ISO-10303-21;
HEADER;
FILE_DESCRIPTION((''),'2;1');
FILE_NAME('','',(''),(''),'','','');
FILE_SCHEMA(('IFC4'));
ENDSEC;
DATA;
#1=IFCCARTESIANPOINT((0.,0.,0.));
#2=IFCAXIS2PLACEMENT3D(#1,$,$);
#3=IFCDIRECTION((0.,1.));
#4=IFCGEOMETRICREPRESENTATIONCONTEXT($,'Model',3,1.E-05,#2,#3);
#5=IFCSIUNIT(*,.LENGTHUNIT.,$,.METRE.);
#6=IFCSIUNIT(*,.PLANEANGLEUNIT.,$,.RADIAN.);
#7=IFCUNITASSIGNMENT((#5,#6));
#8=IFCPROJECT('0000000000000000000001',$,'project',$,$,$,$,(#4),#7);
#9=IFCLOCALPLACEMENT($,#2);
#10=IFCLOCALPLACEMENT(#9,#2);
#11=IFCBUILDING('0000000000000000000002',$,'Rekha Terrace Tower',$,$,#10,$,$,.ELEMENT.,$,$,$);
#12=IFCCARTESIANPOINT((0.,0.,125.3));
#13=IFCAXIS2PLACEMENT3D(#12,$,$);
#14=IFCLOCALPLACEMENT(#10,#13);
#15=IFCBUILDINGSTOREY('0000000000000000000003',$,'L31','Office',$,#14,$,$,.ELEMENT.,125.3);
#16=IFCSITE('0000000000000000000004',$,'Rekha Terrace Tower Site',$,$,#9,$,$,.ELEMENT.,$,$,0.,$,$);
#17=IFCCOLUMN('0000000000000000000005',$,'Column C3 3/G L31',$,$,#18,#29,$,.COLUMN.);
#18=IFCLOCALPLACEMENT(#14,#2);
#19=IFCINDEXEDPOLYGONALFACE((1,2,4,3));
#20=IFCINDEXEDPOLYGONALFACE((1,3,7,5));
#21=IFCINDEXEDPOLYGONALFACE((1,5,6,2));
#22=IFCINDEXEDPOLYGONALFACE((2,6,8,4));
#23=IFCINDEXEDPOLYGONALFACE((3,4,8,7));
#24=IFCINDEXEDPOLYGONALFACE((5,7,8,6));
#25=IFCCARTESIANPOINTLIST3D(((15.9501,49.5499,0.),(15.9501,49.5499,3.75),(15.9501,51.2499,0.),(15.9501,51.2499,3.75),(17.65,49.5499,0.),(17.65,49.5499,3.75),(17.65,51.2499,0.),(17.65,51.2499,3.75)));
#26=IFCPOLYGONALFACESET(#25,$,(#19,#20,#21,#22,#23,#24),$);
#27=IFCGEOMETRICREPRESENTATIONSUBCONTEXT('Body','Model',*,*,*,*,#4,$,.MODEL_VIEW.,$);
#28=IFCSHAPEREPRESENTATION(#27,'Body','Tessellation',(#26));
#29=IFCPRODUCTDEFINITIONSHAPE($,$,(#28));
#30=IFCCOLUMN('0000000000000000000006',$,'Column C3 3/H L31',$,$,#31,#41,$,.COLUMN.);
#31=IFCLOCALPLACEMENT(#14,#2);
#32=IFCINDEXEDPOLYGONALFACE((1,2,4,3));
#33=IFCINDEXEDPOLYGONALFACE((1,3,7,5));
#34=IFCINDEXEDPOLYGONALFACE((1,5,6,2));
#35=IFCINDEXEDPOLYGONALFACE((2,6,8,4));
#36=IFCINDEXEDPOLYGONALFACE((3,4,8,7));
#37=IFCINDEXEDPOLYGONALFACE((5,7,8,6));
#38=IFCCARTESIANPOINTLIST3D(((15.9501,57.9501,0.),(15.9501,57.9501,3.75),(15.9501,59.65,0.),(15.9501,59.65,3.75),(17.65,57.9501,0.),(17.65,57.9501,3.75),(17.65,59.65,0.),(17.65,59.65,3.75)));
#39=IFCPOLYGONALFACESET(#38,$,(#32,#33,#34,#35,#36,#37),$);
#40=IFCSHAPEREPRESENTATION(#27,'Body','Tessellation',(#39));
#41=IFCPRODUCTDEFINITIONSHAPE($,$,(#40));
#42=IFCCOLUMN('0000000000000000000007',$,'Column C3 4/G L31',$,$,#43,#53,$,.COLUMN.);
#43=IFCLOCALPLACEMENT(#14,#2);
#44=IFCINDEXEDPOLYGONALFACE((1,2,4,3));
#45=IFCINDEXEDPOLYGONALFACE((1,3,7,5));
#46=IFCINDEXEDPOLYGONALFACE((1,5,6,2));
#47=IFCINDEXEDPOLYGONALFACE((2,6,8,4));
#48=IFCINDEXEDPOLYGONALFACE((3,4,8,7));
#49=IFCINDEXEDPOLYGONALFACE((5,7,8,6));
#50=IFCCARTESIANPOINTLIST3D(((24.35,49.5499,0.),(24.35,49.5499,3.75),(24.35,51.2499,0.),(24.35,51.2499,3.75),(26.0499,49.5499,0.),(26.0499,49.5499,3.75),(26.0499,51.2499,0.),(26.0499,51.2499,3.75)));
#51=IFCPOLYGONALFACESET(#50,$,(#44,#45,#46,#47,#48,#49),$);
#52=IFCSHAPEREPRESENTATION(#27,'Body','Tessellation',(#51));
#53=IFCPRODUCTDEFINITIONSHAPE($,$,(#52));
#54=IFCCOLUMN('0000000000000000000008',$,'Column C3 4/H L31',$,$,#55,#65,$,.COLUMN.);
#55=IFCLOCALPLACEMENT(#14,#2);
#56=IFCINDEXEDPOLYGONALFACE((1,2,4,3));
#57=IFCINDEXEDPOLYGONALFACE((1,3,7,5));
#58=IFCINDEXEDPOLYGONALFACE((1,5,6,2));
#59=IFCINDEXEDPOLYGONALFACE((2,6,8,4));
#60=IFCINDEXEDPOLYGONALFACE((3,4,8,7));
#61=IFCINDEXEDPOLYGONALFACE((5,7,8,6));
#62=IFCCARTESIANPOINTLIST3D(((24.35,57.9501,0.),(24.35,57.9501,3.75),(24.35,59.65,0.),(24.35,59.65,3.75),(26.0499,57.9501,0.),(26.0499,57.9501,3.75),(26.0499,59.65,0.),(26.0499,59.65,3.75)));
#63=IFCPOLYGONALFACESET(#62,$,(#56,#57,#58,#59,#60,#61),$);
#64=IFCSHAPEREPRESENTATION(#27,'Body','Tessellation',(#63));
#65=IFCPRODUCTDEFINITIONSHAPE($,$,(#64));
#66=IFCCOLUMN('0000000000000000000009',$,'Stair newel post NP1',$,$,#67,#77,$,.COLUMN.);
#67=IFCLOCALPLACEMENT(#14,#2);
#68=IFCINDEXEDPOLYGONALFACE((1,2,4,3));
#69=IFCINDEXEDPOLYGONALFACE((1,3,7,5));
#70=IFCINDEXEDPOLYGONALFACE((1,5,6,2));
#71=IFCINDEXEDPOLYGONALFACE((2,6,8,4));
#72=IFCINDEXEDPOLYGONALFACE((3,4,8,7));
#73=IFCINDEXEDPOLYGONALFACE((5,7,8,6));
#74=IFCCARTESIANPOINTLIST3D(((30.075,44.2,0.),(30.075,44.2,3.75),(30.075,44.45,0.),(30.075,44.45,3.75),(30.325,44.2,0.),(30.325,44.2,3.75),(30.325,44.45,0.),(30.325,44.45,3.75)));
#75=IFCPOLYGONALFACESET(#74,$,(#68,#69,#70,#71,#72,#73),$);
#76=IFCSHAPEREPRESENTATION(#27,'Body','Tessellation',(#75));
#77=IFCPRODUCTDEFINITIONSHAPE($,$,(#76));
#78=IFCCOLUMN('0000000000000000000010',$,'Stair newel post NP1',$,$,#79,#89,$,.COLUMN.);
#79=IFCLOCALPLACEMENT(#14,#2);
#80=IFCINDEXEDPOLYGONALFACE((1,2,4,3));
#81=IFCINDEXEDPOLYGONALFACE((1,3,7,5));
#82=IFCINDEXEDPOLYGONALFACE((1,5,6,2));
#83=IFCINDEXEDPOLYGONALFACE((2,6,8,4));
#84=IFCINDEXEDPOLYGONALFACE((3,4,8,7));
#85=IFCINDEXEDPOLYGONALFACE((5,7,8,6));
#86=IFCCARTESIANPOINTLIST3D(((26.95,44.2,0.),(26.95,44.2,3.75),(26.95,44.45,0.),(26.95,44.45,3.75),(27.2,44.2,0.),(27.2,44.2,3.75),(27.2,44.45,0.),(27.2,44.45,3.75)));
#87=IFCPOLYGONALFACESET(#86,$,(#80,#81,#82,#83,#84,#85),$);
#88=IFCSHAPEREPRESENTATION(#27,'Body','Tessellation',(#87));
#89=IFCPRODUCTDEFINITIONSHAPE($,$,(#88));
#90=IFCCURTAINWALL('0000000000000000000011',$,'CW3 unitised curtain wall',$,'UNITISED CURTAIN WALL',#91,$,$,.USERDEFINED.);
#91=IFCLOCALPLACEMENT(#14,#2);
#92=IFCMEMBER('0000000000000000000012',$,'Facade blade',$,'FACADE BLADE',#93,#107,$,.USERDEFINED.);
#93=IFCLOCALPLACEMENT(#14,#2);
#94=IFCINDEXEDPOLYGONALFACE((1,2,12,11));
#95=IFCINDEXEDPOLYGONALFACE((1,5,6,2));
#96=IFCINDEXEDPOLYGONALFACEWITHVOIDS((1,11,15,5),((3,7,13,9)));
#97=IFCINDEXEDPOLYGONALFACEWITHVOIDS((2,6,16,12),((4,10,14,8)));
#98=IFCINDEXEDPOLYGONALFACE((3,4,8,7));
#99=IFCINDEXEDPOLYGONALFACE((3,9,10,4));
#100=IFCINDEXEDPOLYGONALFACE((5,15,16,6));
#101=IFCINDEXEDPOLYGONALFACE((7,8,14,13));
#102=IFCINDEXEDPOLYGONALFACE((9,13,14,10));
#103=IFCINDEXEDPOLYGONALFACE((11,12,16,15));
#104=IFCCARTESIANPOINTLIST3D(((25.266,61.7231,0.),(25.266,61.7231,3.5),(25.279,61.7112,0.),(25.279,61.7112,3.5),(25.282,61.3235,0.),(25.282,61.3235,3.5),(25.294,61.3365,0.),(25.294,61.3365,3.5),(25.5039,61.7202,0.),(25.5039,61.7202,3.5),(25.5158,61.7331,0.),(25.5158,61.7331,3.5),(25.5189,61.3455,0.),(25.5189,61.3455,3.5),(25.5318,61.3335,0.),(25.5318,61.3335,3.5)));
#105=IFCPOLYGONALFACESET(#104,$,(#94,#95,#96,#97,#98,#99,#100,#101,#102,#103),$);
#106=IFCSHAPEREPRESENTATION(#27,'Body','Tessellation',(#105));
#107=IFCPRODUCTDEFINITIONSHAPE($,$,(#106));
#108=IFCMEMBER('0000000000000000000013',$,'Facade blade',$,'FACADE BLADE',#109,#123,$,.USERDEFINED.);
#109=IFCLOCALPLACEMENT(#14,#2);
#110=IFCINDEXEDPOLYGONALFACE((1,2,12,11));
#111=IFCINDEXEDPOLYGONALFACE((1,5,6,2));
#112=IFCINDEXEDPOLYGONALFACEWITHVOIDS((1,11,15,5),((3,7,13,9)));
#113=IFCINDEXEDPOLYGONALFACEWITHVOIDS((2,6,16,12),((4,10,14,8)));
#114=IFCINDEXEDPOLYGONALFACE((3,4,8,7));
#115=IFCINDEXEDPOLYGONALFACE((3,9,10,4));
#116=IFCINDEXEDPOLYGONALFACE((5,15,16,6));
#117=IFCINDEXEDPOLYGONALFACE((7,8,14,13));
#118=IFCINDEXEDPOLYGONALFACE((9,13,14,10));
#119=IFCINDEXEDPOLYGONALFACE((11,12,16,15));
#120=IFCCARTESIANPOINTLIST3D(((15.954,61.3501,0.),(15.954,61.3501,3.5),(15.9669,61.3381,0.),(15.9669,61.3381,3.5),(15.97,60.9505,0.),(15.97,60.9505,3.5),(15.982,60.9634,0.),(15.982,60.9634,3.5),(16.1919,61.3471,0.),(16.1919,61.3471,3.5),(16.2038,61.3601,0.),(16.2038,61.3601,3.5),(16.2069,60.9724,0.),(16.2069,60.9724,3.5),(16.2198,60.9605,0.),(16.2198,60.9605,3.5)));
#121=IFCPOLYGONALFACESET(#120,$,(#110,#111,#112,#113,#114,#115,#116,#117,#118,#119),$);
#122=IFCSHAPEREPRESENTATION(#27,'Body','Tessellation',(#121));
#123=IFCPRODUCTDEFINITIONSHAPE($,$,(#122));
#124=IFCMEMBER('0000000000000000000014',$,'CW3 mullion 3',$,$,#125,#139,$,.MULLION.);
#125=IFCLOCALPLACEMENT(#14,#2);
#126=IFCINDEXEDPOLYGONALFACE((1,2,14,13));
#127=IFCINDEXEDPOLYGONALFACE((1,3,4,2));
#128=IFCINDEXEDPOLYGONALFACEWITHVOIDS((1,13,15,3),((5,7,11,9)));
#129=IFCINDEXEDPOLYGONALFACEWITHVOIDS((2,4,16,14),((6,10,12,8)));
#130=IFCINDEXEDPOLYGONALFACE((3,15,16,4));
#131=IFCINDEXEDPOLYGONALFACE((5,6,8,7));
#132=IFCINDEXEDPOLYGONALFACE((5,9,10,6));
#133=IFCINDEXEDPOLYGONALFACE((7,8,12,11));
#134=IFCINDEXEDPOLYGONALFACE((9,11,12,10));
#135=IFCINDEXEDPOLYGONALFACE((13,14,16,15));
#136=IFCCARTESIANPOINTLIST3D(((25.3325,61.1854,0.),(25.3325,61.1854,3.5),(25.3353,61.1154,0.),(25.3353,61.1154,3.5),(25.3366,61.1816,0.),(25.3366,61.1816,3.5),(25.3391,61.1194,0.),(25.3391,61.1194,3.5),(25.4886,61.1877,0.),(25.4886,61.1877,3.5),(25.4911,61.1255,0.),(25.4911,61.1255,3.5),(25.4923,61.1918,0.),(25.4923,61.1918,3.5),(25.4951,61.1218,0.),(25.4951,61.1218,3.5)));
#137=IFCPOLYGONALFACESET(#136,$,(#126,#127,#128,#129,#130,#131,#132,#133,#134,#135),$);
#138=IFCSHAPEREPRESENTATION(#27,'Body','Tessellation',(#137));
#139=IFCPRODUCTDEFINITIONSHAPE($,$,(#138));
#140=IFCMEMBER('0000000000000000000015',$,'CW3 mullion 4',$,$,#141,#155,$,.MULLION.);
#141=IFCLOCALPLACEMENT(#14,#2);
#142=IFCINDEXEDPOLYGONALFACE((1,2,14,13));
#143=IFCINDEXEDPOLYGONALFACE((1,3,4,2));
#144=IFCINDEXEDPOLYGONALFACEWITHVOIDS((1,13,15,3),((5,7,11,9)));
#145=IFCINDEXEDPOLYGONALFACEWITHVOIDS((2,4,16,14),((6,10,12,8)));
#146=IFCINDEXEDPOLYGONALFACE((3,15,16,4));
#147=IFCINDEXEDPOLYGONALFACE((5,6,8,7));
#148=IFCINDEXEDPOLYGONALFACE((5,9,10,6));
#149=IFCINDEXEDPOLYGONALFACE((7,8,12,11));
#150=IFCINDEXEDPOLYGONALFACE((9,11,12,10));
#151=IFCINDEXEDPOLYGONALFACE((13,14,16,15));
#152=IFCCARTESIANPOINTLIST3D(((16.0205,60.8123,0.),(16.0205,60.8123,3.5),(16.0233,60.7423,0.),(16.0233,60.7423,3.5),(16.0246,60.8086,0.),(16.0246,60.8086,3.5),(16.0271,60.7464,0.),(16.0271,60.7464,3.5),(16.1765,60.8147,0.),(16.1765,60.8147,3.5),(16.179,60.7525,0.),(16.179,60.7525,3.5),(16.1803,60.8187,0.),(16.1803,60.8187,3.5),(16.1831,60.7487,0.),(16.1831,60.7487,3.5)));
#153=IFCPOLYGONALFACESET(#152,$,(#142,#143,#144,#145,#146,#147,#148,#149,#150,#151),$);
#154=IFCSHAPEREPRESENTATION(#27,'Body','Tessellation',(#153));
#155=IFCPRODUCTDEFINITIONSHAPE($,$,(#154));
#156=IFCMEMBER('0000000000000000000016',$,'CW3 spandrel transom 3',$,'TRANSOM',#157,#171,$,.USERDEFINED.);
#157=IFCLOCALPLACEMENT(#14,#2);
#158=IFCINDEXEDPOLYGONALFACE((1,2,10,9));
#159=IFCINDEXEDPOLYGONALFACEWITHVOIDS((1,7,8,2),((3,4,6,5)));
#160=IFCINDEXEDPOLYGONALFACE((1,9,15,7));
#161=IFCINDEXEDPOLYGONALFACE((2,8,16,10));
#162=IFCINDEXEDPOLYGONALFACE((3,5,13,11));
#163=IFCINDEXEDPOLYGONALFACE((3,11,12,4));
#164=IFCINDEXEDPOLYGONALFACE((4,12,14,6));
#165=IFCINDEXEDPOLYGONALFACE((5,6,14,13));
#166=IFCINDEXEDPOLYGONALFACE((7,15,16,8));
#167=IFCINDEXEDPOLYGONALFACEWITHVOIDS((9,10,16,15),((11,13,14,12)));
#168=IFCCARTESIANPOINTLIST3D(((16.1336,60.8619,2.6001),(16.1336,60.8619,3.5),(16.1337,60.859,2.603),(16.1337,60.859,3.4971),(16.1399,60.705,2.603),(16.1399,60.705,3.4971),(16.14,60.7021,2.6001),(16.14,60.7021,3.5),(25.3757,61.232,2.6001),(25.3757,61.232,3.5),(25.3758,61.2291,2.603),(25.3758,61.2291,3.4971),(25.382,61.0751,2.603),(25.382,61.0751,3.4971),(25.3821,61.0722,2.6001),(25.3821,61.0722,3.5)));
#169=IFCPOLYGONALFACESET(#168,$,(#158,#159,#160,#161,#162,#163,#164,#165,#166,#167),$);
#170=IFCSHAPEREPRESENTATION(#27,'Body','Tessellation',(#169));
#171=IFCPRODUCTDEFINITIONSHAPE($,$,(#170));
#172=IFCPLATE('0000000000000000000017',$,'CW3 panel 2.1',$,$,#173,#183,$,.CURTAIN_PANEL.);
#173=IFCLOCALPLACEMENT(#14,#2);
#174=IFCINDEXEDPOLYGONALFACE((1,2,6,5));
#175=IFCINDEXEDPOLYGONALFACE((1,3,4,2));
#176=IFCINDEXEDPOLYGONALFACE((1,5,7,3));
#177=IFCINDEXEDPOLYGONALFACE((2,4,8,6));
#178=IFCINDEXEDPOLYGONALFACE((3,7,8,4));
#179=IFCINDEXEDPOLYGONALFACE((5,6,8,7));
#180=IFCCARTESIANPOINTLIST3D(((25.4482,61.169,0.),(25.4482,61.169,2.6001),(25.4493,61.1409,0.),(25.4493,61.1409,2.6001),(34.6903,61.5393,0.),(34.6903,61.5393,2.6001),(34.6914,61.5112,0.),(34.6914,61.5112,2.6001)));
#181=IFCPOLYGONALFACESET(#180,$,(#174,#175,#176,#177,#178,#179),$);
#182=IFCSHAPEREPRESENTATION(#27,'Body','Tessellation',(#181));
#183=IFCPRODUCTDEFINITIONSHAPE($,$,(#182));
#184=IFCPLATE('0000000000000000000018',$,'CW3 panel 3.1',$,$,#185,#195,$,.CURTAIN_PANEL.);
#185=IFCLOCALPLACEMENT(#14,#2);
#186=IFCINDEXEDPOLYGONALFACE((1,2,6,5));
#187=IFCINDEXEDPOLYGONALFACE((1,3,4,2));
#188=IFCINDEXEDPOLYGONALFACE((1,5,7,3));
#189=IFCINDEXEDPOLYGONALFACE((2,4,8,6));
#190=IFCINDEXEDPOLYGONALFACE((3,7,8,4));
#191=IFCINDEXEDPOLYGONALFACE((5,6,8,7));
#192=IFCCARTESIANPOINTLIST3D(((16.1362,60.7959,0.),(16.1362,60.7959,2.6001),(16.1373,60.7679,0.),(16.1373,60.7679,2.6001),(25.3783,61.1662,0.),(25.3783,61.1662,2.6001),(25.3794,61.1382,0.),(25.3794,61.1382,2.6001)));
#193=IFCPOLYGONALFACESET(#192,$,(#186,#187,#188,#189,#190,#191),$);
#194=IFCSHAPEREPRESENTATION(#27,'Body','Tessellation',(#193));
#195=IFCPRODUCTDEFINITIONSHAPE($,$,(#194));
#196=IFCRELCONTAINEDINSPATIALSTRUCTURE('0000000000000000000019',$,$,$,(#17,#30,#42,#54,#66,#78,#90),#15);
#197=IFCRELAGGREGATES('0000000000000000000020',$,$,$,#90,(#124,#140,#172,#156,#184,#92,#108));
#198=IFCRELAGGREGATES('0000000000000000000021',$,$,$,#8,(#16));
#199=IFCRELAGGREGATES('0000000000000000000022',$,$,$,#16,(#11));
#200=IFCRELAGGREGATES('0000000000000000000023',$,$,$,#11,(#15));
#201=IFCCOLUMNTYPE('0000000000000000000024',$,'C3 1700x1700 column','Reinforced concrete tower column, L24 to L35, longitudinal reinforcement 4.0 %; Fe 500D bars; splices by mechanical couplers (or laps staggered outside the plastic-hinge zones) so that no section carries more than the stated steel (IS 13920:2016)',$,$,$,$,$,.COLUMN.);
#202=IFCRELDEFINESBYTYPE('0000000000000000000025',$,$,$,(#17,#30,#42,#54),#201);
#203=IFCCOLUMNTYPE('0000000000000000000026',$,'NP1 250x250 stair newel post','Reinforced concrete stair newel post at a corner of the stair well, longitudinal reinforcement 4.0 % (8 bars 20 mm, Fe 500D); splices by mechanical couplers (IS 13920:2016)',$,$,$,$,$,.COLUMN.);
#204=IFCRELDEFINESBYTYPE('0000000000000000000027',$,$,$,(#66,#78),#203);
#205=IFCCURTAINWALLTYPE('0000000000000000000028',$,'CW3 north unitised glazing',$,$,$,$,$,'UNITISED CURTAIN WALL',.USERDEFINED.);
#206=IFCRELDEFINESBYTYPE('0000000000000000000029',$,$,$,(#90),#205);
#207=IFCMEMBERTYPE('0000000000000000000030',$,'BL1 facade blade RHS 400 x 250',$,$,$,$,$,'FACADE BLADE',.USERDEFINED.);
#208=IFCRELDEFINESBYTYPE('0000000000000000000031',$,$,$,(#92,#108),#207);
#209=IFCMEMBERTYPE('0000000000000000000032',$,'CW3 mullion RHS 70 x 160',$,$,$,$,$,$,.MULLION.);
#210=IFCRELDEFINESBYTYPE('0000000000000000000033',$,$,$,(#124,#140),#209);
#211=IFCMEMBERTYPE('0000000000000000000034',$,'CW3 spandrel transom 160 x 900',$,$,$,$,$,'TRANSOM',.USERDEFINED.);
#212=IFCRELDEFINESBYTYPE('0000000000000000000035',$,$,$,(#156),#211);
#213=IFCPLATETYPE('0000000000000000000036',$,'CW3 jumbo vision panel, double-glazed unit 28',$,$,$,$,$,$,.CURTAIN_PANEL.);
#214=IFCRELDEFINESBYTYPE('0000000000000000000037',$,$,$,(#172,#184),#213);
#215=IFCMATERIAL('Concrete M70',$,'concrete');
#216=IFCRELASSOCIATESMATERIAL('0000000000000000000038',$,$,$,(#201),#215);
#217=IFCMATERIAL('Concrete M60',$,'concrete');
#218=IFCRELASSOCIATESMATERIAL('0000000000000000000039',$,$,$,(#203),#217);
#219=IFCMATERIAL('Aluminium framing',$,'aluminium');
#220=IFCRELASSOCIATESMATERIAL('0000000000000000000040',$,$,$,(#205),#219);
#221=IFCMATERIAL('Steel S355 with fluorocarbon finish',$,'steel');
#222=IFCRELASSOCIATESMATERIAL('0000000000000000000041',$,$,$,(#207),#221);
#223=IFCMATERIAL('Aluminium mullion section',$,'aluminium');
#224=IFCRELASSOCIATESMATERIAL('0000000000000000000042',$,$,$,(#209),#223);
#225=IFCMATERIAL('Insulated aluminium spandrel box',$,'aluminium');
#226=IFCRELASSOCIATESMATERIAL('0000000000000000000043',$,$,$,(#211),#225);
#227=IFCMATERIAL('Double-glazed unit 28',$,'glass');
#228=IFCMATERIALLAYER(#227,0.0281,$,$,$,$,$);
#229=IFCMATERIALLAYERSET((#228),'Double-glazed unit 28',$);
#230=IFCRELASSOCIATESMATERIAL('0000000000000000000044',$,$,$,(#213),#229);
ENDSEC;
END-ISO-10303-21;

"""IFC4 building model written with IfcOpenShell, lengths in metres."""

from ifc_helpers import new_model, si_unit, direction, frame, origin, origin_2d, place, context, subcontext, project, spatial, rectangle, hollow_rectangle, extrude, material, layer, layer_set, material_profile, profile_set, type_object, element, aggregate, save


model = new_model("IFC4")

# Units and contexts
model_context = context("Model", 3, precision=1e-05, world=origin(), true_north=direction((0.0, 1.0)))
body_context = subcontext(model_context, "Body", "Model", "MODEL_VIEW")
ifc_project = project(units=[si_unit("LENGTHUNIT", "METRE"), si_unit("PLANEANGLEUNIT", "RADIAN")], contexts=[model_context])

# Site, building, storey
site_placement = place(None, origin())
site = spatial("IfcSite", under=ifc_project, at=site_placement, Name="Rekha Terrace Tower Site", CompositionType="ELEMENT", RefElevation=0.0)
building_placement = place(site_placement, origin())
building = spatial("IfcBuilding", under=site, at=building_placement, Name="Rekha Terrace Tower", CompositionType="ELEMENT")
storey_placement = place(building_placement, frame((0.0, 0.0, 125.3)))
storey = spatial("IfcBuildingStorey", under=building, at=storey_placement, Name="L31", Description="Office", CompositionType="ELEMENT", Elevation=125.3)

# Columns
ifc_material_1 = material(Name="Concrete M70", Category="concrete")
ifc_material_profile_1 = material_profile(ifc_material_1, rectangle(XDim=1.7, YDim=1.7, at=origin_2d()), Name="RC 1700x1700")
ifc_profile_set_1 = profile_set([ifc_material_profile_1], Name="Concrete M70")
column_type_1 = type_object("IfcColumnType", Name="C3 1700x1700 column", Description="Reinforced concrete tower column, L24 to L35, longitudinal reinforcement 4.0 %; Fe 500D bars; splices by mechanical couplers (or laps staggered outside the plastic-hinge zones) so that no section carries more than the stated steel (IS 13920:2016)", PredefinedType="COLUMN", material=ifc_profile_set_1)
for number, where, z_axis, x_axis, name in (
    (1, (16.8, 50.3999, 0.0), (0.0, 0.0, 1.0), (1.0, 0.0, 0.0), "Column C3 3/G L31"),
    (2, (16.8, 58.8, 0.0), (0.0, 0.0, 1.0), (1.0, 0.0, 0.0), "Column C3 3/H L31"),
    (3, (25.2, 50.3999, 0.0), (0.0, 0.0, 1.0), (1.0, 0.0, 0.0), "Column C3 4/G L31"),
    (4, (25.2, 58.8, 0.0), (0.0, 0.0, 1.0), (1.0, 0.0, 0.0), "Column C3 4/H L31"),
):
    element("IfcColumn", number, at=place(storey_placement, frame(where, z_axis=z_axis, x_axis=x_axis)), inside=storey, type_object=column_type_1, Name=name, PredefinedType="COLUMN", context=body_context, shape_type="SweptSolid", body=[
        extrude(rectangle(XDim=1.7, YDim=1.7, at=origin_2d()), origin(), (0.0, 0.0, 1.0), 3.75),
    ])
ifc_material_2 = material(Name="Concrete M60", Category="concrete")
ifc_material_profile_2 = material_profile(ifc_material_2, rectangle(XDim=0.25, YDim=0.25, at=origin_2d()), Name="RC 250x250")
ifc_profile_set_2 = profile_set([ifc_material_profile_2], Name="Concrete M60")
column_type_2 = type_object("IfcColumnType", Name="NP1 250x250 stair newel post", Description="Reinforced concrete stair newel post at a corner of the stair well, longitudinal reinforcement 4.0 % (8 bars 20 mm, Fe 500D); splices by mechanical couplers (IS 13920:2016)", PredefinedType="COLUMN", material=ifc_profile_set_2)
for number, where, z_axis, x_axis, name in (
    (5, (30.2, 44.325, 0.0), (0.0, 0.0, 1.0), (1.0, 0.0, 0.0), "Stair newel post NP1"),
    (6, (27.075, 44.325, 0.0), (0.0, 0.0, 1.0), (1.0, 0.0, 0.0), "Stair newel post NP1"),
):
    element("IfcColumn", number, at=place(storey_placement, frame(where, z_axis=z_axis, x_axis=x_axis)), inside=storey, type_object=column_type_2, Name=name, PredefinedType="COLUMN", context=body_context, shape_type="SweptSolid", body=[
        extrude(rectangle(XDim=0.25, YDim=0.25, at=origin_2d()), origin(), (0.0, 0.0, 1.0), 3.75),
    ])

# Curtain wall, members, plates
ifc_material_3 = material(Name="Aluminium framing", Category="aluminium")
curtain_wall_type = type_object("IfcCurtainWallType", Name="CW3 north unitised glazing", ElementType="UNITISED CURTAIN WALL", PredefinedType="USERDEFINED", material=ifc_material_3)
curtain_wall_placement = place(storey_placement, origin())
curtain_wall = element("IfcCurtainWall", 7, at=curtain_wall_placement, inside=storey, type_object=curtain_wall_type, Name="CW3 unitised curtain wall", ObjectType="UNITISED CURTAIN WALL", PredefinedType="USERDEFINED")
ifc_material_4 = material(Name="Steel S355 with fluorocarbon finish", Category="steel")
ifc_material_profile_3 = material_profile(ifc_material_4, hollow_rectangle(XDim=0.25, YDim=0.3999, WallThickness=0.0125, at=origin_2d()), Name="RHS400x250x12.5")
ifc_profile_set_3 = profile_set([ifc_material_profile_3], Name="Steel S355 with fluorocarbon finish")
member_type_1 = type_object("IfcMemberType", Name="BL1 facade blade RHS 400 x 250", ElementType="FACADE BLADE", PredefinedType="USERDEFINED", material=ifc_profile_set_3)
member_1_placement = place(storey_placement, frame((25.3989, 61.5283, 0.0), z_axis=(0.0, 0.0, 1.0), x_axis=(-0.999198, -0.040032, 0.0)))
member_1 = element("IfcMember", 8, at=member_1_placement, type_object=member_type_1, Name="Facade blade", ObjectType="FACADE BLADE", PredefinedType="USERDEFINED", context=body_context, shape_type="SweptSolid", body=[
    extrude(hollow_rectangle(XDim=0.25, YDim=0.3999, WallThickness=0.0125, at=origin_2d()), origin(), (0.0, 0.0, 1.0), 3.5),
])
member_2_placement = place(storey_placement, frame((16.0869, 61.1553, 0.0), z_axis=(0.0, 0.0, 1.0), x_axis=(-0.999198, -0.040032, 0.0)))
member_2 = element("IfcMember", 9, at=member_2_placement, type_object=member_type_1, Name="Facade blade", ObjectType="FACADE BLADE", PredefinedType="USERDEFINED", context=body_context, shape_type="SweptSolid", body=[
    extrude(hollow_rectangle(XDim=0.25, YDim=0.3999, WallThickness=0.0125, at=origin_2d()), origin(), (0.0, 0.0, 1.0), 3.5),
])
ifc_material_5 = material(Name="Aluminium mullion section", Category="aluminium")
ifc_material_profile_4 = material_profile(ifc_material_5, hollow_rectangle(XDim=0.0701, YDim=0.1599, WallThickness=0.0039, at=origin_2d()), Name="AL RHS 70x160")
ifc_profile_set_4 = profile_set([ifc_material_profile_4], Name="Aluminium mullion section")
member_type_2 = type_object("IfcMemberType", Name="CW3 mullion RHS 70 x 160", PredefinedType="MULLION", material=ifc_profile_set_4)
member_3_placement = place(storey_placement, frame((25.4138, 61.1536, 0.0), z_axis=(0.0, 0.0, 1.0), x_axis=(0.040032, -0.999198, 0.0)))
member_3 = element("IfcMember", 10, at=member_3_placement, type_object=member_type_2, Name="CW3 mullion 3", PredefinedType="MULLION", context=body_context, shape_type="SweptSolid", body=[
    extrude(hollow_rectangle(XDim=0.0701, YDim=0.1599, WallThickness=0.0039, at=origin_2d()), origin(), (0.0, 0.0, 1.0), 3.5),
])
member_4_placement = place(storey_placement, frame((16.1018, 60.7805, 0.0), z_axis=(0.0, 0.0, 1.0), x_axis=(0.040032, -0.999198, 0.0)))
member_4 = element("IfcMember", 11, at=member_4_placement, type_object=member_type_2, Name="CW3 mullion 4", PredefinedType="MULLION", context=body_context, shape_type="SweptSolid", body=[
    extrude(hollow_rectangle(XDim=0.0701, YDim=0.1599, WallThickness=0.0039, at=origin_2d()), origin(), (0.0, 0.0, 1.0), 3.5),
])
ifc_material_6 = material(Name="Insulated aluminium spandrel box", Category="aluminium")
ifc_material_profile_5 = material_profile(ifc_material_6, hollow_rectangle(XDim=0.1599, YDim=0.8999, WallThickness=0.0029, at=origin_2d()), Name="AL SPANDREL BOX 160x900")
ifc_profile_set_5 = profile_set([ifc_material_profile_5], Name="Insulated aluminium spandrel box")
member_type_3 = type_object("IfcMemberType", Name="CW3 spandrel transom 160 x 900", ElementType="TRANSOM", PredefinedType="USERDEFINED", material=ifc_profile_set_5)
member_5_placement = place(storey_placement, frame((25.3789, 61.1521, 3.05), z_axis=(-0.999199, -0.040014, 0.0), x_axis=(0.040014, -0.999199, 0.0)))
member_5 = element("IfcMember", 12, at=member_5_placement, type_object=member_type_3, Name="CW3 spandrel transom 3", ObjectType="TRANSOM", PredefinedType="USERDEFINED", context=body_context, shape_type="SweptSolid", body=[
    extrude(hollow_rectangle(XDim=0.1599, YDim=0.8999, WallThickness=0.0029, at=origin_2d()), origin(), (0.0, 0.0, 1.0), 9.2495),
])
ifc_material_7 = material(Name="Double-glazed unit 28", Category="glass")
ifc_layer_1 = layer(ifc_material_7, 0.0281)
ifc_layer_set_1 = layer_set([ifc_layer_1], Name="Double-glazed unit 28")
plate_type = type_object("IfcPlateType", Name="CW3 jumbo vision panel, double-glazed unit 28", PredefinedType="CURTAIN_PANEL", material=ifc_layer_set_1)
plate_1_placement = place(storey_placement, frame((30.0698, 61.3401, 0.0), z_axis=(0.0, 0.0, 1.0), x_axis=(-0.999198, -0.040032, 0.0)))
plate_1 = element("IfcPlate", 13, at=plate_1_placement, type_object=plate_type, Name="CW3 panel 2.1", PredefinedType="CURTAIN_PANEL", context=body_context, shape_type="SweptSolid", body=[
    extrude(rectangle(XDim=9.2495, YDim=0.0281, at=origin_2d()), origin(), (0.0, 0.0, 1.0), 2.6001),
])
plate_2_placement = place(storey_placement, frame((20.7578, 60.967, 0.0), z_axis=(0.0, 0.0, 1.0), x_axis=(-0.999198, -0.040032, 0.0)))
plate_2 = element("IfcPlate", 14, at=plate_2_placement, type_object=plate_type, Name="CW3 panel 3.1", PredefinedType="CURTAIN_PANEL", context=body_context, shape_type="SweptSolid", body=[
    extrude(rectangle(XDim=9.2495, YDim=0.0281, at=origin_2d()), origin(), (0.0, 0.0, 1.0), 2.6001),
])
aggregate(curtain_wall, [member_3, member_4, plate_1, member_5, plate_2, member_1, member_2])

save(model, "model.ifc")
